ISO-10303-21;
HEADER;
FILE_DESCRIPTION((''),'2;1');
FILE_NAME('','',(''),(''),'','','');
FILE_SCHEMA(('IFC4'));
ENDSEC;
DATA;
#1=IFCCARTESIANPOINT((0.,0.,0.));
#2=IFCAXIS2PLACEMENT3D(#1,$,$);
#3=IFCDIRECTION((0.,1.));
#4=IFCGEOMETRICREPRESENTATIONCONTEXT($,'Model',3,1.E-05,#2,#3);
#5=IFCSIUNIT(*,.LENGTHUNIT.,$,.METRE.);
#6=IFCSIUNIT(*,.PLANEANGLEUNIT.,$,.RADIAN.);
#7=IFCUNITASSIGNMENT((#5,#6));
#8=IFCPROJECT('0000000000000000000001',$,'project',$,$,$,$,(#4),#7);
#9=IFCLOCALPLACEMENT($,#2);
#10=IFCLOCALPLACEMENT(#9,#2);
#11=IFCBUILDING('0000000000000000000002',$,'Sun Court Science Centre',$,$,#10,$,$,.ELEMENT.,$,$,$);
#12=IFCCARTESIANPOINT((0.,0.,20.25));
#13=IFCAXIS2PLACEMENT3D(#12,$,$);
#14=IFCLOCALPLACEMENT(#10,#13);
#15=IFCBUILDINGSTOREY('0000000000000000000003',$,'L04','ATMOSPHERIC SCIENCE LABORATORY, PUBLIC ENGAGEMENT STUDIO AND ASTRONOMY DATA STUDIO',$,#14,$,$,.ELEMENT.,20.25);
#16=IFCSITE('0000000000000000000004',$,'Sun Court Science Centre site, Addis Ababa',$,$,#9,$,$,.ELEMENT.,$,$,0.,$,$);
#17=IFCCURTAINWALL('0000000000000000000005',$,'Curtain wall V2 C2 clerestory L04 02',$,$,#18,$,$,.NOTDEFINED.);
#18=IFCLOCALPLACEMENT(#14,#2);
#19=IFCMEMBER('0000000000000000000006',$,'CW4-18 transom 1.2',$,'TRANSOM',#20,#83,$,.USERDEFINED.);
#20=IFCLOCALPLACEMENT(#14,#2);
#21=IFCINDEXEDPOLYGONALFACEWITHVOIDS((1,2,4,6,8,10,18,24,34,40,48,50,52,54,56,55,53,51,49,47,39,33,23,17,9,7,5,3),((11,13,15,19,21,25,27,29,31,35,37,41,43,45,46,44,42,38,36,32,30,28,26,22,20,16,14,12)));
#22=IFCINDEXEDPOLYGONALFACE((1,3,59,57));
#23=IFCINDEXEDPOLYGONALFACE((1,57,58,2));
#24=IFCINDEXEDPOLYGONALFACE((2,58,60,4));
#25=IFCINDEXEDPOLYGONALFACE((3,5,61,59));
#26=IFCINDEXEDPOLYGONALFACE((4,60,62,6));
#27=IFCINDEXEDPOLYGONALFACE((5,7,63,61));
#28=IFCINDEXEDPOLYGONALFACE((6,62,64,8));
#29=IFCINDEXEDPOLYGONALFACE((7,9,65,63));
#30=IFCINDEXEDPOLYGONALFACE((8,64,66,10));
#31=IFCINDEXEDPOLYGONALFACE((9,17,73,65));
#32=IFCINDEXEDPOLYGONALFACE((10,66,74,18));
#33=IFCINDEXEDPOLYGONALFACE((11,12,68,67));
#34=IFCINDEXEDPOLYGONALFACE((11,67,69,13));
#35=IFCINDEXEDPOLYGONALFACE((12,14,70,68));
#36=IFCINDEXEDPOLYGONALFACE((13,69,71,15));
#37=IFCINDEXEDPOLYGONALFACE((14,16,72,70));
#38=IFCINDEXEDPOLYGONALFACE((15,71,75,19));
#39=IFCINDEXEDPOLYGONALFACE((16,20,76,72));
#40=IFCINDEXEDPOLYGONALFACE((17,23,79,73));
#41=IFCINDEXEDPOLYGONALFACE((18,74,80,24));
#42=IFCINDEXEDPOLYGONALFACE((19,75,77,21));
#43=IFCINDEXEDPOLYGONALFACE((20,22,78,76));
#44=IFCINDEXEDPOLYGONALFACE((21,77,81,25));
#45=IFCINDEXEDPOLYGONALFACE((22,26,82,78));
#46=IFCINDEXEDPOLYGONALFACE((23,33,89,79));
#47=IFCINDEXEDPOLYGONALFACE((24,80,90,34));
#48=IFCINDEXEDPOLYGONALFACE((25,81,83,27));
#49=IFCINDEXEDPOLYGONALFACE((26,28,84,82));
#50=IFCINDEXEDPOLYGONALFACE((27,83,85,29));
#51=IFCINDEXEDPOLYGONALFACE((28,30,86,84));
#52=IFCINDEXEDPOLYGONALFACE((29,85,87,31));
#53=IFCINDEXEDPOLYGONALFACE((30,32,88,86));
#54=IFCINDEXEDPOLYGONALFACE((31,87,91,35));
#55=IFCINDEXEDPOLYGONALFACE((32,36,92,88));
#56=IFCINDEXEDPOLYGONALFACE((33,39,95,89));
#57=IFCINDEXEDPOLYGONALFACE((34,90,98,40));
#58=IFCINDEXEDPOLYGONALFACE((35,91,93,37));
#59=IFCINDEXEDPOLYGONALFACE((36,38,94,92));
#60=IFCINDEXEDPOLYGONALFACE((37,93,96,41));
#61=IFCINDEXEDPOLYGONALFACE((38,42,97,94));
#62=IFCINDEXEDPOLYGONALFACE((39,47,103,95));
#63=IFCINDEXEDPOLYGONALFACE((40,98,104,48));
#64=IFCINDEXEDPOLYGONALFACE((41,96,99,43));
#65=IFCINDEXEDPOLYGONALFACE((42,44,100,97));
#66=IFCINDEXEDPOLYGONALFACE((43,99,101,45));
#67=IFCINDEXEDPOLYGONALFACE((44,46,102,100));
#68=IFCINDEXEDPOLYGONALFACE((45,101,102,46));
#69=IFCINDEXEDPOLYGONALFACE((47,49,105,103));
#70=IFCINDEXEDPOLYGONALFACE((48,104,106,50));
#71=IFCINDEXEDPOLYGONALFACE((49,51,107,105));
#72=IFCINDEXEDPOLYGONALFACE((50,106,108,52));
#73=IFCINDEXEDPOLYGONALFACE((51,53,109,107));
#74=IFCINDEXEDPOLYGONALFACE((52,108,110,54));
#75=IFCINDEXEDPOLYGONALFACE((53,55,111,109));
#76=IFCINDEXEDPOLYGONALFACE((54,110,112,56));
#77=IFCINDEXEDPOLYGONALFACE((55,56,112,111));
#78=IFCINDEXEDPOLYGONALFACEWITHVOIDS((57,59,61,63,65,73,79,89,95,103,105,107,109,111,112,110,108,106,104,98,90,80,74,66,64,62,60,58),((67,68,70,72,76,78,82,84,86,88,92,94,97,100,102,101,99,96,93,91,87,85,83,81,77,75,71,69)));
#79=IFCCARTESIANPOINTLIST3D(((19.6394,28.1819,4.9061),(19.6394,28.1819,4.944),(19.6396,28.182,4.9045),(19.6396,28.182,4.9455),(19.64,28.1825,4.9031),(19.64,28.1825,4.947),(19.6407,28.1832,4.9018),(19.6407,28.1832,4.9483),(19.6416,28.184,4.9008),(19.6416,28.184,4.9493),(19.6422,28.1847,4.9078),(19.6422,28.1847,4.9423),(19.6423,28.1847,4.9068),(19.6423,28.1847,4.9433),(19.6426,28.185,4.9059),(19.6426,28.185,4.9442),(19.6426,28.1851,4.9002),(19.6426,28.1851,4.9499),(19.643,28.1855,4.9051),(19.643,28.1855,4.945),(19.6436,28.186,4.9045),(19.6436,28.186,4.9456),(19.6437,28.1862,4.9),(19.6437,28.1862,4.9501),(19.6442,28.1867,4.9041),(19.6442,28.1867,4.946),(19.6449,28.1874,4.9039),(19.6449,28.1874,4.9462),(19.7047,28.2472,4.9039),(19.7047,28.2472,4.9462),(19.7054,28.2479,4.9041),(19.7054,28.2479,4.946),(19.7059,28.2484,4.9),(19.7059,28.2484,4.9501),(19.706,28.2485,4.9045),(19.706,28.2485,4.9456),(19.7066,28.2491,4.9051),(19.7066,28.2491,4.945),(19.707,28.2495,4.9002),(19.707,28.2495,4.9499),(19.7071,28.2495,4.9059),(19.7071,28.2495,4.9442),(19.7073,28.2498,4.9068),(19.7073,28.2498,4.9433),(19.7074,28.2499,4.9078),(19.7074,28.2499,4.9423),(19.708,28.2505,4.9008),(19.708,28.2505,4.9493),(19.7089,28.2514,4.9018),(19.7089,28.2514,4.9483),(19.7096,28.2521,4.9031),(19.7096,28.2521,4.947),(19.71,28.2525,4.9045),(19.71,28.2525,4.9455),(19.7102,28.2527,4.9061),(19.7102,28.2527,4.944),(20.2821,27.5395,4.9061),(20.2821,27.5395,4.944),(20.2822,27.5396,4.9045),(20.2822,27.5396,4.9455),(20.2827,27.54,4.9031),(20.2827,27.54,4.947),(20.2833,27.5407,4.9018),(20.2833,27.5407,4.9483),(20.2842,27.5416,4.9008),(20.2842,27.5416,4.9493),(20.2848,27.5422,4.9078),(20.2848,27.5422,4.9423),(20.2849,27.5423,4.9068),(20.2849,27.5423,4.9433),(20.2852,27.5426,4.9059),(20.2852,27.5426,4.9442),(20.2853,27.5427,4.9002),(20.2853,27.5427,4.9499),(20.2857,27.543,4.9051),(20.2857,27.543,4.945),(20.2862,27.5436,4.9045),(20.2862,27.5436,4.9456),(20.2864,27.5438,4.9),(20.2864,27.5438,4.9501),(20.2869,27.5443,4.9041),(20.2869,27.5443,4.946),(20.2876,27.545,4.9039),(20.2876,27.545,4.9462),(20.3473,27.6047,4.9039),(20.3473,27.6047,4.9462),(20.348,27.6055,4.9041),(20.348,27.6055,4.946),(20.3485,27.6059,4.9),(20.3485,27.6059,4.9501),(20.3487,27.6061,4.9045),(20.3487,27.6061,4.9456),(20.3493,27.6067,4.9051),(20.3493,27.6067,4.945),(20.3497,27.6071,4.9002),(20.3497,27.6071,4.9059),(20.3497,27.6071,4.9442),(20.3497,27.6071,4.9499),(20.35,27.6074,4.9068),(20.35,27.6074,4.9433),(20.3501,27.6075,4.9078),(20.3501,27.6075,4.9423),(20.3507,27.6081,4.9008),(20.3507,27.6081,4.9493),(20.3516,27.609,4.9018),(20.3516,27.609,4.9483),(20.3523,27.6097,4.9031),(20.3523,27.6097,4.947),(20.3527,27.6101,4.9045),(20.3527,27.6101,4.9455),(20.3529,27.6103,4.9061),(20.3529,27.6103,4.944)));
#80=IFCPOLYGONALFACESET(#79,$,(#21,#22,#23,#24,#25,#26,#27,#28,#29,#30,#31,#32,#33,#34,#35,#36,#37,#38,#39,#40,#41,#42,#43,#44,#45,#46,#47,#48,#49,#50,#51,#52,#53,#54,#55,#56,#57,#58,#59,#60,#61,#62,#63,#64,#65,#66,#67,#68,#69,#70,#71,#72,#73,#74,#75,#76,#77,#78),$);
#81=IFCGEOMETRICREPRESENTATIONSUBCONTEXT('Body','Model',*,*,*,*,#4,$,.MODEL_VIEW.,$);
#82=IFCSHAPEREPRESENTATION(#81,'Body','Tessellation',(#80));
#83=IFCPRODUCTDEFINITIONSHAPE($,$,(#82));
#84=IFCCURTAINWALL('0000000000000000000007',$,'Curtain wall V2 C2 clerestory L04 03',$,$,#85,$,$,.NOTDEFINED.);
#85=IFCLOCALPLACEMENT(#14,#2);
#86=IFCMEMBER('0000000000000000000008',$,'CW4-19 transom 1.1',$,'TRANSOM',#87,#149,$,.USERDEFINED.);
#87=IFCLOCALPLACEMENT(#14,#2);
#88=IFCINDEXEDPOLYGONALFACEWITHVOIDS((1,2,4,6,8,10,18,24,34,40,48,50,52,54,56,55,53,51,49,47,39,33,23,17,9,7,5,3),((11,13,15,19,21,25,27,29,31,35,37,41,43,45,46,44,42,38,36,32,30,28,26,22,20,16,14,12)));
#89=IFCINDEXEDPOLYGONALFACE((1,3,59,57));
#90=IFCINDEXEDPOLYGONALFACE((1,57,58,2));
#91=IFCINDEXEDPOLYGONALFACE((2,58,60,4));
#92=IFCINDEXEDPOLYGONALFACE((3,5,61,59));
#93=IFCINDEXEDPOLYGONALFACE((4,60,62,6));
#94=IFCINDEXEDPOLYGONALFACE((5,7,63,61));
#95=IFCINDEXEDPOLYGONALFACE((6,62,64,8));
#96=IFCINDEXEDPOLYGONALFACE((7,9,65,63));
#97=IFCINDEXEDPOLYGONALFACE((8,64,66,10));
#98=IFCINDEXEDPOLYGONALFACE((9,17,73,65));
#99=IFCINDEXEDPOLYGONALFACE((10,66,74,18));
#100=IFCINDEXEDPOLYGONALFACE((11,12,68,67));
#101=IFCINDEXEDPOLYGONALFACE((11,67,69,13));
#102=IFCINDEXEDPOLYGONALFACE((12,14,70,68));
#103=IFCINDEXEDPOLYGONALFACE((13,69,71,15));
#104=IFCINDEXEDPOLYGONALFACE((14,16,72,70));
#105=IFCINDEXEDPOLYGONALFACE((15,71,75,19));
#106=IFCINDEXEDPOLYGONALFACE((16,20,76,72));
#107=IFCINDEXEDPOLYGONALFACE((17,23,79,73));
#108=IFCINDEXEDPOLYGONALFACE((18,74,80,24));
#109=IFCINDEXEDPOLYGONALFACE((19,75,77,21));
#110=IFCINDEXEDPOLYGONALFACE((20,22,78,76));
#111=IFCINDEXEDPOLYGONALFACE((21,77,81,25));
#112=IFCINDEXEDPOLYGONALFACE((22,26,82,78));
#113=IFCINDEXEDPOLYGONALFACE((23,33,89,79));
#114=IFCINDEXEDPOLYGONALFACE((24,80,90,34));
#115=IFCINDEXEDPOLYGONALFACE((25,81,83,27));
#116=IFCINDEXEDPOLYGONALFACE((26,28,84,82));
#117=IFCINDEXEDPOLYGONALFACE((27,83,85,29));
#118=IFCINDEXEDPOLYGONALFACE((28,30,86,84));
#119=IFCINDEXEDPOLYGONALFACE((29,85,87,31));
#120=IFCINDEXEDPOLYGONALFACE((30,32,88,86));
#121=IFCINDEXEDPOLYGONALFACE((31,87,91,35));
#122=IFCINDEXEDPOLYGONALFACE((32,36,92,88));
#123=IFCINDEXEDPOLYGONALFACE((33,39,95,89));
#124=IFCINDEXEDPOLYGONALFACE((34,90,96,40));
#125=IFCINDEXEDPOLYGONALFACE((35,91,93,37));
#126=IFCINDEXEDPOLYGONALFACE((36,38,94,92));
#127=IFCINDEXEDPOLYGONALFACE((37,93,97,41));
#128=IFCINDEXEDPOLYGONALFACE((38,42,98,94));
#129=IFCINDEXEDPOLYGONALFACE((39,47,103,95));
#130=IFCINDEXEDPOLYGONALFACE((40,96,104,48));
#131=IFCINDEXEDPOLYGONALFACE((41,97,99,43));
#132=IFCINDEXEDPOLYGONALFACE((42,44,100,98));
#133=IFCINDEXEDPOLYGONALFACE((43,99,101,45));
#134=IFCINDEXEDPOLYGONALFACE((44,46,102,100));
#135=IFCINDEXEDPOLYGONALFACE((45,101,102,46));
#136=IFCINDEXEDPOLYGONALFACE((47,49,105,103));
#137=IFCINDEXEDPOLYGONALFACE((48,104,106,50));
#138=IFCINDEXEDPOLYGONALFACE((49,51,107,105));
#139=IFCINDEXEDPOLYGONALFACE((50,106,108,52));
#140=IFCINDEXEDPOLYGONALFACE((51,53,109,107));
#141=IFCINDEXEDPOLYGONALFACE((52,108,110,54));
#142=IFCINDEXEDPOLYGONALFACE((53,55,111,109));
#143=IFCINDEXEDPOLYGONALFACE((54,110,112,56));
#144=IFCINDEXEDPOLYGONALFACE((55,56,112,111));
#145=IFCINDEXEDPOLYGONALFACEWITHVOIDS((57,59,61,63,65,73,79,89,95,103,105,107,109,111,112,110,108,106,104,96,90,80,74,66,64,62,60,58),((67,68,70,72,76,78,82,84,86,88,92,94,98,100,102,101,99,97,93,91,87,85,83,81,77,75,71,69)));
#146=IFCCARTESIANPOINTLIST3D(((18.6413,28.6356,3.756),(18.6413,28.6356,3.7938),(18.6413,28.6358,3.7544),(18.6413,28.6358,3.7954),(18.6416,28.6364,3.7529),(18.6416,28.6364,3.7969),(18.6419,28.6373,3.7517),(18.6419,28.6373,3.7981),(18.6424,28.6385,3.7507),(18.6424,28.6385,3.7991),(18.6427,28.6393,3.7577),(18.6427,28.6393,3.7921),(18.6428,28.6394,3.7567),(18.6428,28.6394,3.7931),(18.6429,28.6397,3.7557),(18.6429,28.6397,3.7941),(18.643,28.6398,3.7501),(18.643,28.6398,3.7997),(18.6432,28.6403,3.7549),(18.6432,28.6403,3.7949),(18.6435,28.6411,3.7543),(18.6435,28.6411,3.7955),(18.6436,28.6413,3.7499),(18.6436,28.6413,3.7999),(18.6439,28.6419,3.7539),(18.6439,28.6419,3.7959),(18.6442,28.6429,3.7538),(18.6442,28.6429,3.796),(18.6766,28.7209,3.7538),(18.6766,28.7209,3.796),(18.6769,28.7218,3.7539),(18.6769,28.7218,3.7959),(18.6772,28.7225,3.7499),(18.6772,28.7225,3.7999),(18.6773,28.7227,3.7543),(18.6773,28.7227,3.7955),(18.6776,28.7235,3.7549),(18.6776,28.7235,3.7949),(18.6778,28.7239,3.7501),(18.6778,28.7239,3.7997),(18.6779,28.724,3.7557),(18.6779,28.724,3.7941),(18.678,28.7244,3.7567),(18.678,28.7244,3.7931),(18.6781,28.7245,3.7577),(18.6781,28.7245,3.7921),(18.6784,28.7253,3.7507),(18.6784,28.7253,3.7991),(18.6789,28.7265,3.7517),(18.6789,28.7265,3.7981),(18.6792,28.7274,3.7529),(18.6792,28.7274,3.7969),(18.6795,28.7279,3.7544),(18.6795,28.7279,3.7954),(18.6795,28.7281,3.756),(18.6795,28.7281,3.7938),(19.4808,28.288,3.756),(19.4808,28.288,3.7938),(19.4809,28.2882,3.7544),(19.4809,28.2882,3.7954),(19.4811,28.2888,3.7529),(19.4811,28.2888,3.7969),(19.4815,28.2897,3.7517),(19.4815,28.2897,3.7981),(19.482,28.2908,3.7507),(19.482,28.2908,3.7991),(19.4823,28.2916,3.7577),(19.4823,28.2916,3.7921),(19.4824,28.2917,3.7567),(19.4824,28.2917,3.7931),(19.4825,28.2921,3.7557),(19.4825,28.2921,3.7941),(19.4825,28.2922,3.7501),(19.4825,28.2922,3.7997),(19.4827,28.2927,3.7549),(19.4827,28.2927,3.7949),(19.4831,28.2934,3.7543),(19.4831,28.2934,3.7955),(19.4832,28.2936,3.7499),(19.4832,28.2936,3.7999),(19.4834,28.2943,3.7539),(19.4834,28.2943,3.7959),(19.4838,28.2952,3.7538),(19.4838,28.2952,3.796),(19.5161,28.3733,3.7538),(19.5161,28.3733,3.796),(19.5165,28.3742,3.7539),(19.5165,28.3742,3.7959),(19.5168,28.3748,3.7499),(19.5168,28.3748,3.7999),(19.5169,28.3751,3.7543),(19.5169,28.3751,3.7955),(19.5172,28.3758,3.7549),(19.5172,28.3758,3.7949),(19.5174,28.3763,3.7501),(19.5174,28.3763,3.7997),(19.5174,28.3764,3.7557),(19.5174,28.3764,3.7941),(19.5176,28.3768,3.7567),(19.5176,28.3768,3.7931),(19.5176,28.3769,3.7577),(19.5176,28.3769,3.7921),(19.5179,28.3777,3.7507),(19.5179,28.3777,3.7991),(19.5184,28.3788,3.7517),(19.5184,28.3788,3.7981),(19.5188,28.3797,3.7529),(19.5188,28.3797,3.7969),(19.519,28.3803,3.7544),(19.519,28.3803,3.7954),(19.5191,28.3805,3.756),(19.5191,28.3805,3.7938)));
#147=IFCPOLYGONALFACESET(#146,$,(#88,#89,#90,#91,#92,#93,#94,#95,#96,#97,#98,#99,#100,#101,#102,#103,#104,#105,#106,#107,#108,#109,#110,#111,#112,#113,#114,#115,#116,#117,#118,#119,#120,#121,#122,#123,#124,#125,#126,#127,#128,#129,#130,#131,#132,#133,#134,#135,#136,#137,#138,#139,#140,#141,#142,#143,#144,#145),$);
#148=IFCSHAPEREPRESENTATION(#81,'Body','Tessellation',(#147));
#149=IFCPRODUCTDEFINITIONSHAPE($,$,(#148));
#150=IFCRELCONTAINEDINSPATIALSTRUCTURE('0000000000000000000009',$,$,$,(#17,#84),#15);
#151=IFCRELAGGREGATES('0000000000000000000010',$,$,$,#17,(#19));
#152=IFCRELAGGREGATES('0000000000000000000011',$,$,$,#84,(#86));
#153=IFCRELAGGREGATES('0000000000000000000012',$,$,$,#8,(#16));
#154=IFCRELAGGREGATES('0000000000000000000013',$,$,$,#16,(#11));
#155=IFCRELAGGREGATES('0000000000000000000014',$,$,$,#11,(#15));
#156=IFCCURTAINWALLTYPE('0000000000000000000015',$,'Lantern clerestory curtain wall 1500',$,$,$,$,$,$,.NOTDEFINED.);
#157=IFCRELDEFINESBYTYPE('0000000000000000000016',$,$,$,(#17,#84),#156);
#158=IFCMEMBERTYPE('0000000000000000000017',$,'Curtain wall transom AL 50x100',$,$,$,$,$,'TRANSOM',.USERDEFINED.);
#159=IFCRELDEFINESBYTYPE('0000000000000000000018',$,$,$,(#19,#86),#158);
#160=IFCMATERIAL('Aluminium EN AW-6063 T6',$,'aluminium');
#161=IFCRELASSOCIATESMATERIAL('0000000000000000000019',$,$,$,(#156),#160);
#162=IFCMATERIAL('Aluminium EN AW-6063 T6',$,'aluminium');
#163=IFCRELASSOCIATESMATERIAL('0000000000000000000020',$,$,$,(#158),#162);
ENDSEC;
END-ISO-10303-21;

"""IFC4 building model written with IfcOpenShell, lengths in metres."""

from ifc_helpers import new_model, si_unit, direction, frame, origin, origin_2d, place, context, subcontext, project, spatial, hollow_rectangle, extrude, material, material_profile, profile_set, type_object, element, aggregate, save


model = new_model("IFC4")

# Units and contexts
model_context = context("Model", 3, precision=1e-05, world=origin(), true_north=direction((0.0, 1.0)))
body_context = subcontext(model_context, "Body", "Model", "MODEL_VIEW")
ifc_project = project(units=[si_unit("LENGTHUNIT", "METRE"), si_unit("PLANEANGLEUNIT", "RADIAN")], contexts=[model_context])

# Site, building, storey
site_placement = place(None, origin())
site = spatial("IfcSite", under=ifc_project, at=site_placement, Name="Sun Court Science Centre site, Addis Ababa", CompositionType="ELEMENT", RefElevation=0.0)
building_placement = place(site_placement, origin())
building = spatial("IfcBuilding", under=site, at=building_placement, Name="Sun Court Science Centre", CompositionType="ELEMENT")
storey_placement = place(building_placement, frame((0.0, 0.0, 20.25)))
storey = spatial("IfcBuildingStorey", under=building, at=storey_placement, Name="L04", Description="ATMOSPHERIC SCIENCE LABORATORY, PUBLIC ENGAGEMENT STUDIO AND ASTRONOMY DATA STUDIO", CompositionType="ELEMENT", Elevation=20.25)

# Shared definitions
ifc_material_1 = material(Name="Aluminium EN AW-6063 T6", Category="aluminium")
curtain_wall_type = type_object("IfcCurtainWallType", Name="Lantern clerestory curtain wall 1500", PredefinedType="NOTDEFINED", material=ifc_material_1)

# Curtain walls, members
ifc_material_2 = material(Name="Aluminium EN AW-6063 T6", Category="aluminium")
ifc_material_profile_1 = material_profile(ifc_material_2, hollow_rectangle(XDim=0.05, YDim=0.1001, WallThickness=0.0039, InnerFilletRadius=0.0039, OuterFilletRadius=0.0061, at=origin_2d()), Name="AL 50x100x4")
ifc_profile_set_1 = profile_set([ifc_material_profile_1], Name="Aluminium EN AW-6063 T6")
member_type_1 = type_object("IfcMemberType", Name="Curtain wall transom AL 50x100", ElementType="TRANSOM", PredefinedType="USERDEFINED", material=ifc_profile_set_1)
curtain_wall_1_placement = place(storey_placement, origin())
curtain_wall_1 = element("IfcCurtainWall", 1, at=curtain_wall_1_placement, inside=storey, type_object=curtain_wall_type, Name="Curtain wall V2 C2 clerestory L04 02", PredefinedType="NOTDEFINED")
member_1_placement = place(storey_placement, frame((19.6748, 28.2173, 4.925), z_axis=(0.707241, -0.706972, 0.0), x_axis=(0.0, 0.0, 1.0)))
member_1 = element("IfcMember", 2, at=member_1_placement, type_object=member_type_1, Name="CW4-18 transom 1.2", ObjectType="TRANSOM", PredefinedType="USERDEFINED", context=body_context, shape_type="SweptSolid", body=[
    extrude(hollow_rectangle(XDim=0.05, YDim=0.1001, WallThickness=0.0039, InnerFilletRadius=0.0039, OuterFilletRadius=0.0061, at=origin_2d()), origin(), (0.0, 0.0, 1.0), 0.9087),
])
curtain_wall_2_placement = place(storey_placement, origin())
curtain_wall_2 = element("IfcCurtainWall", 3, at=curtain_wall_2_placement, inside=storey, type_object=curtain_wall_type, Name="Curtain wall V2 C2 clerestory L04 03", PredefinedType="NOTDEFINED")
member_2_placement = place(storey_placement, frame((18.6604, 28.6819, 3.7749), z_axis=(0.923925, -0.382573, 0.0), x_axis=(0.0, 0.0, 1.0)))
member_2 = element("IfcMember", 4, at=member_2_placement, type_object=member_type_1, Name="CW4-19 transom 1.1", ObjectType="TRANSOM", PredefinedType="USERDEFINED", context=body_context, shape_type="SweptSolid", body=[
    extrude(hollow_rectangle(XDim=0.05, YDim=0.1001, WallThickness=0.0039, InnerFilletRadius=0.0039, OuterFilletRadius=0.0061, at=origin_2d()), origin(), (0.0, 0.0, 1.0), 0.9087),
])

aggregate(curtain_wall_1, [member_1])
aggregate(curtain_wall_2, [member_2])

save(model, "model.ifc")
